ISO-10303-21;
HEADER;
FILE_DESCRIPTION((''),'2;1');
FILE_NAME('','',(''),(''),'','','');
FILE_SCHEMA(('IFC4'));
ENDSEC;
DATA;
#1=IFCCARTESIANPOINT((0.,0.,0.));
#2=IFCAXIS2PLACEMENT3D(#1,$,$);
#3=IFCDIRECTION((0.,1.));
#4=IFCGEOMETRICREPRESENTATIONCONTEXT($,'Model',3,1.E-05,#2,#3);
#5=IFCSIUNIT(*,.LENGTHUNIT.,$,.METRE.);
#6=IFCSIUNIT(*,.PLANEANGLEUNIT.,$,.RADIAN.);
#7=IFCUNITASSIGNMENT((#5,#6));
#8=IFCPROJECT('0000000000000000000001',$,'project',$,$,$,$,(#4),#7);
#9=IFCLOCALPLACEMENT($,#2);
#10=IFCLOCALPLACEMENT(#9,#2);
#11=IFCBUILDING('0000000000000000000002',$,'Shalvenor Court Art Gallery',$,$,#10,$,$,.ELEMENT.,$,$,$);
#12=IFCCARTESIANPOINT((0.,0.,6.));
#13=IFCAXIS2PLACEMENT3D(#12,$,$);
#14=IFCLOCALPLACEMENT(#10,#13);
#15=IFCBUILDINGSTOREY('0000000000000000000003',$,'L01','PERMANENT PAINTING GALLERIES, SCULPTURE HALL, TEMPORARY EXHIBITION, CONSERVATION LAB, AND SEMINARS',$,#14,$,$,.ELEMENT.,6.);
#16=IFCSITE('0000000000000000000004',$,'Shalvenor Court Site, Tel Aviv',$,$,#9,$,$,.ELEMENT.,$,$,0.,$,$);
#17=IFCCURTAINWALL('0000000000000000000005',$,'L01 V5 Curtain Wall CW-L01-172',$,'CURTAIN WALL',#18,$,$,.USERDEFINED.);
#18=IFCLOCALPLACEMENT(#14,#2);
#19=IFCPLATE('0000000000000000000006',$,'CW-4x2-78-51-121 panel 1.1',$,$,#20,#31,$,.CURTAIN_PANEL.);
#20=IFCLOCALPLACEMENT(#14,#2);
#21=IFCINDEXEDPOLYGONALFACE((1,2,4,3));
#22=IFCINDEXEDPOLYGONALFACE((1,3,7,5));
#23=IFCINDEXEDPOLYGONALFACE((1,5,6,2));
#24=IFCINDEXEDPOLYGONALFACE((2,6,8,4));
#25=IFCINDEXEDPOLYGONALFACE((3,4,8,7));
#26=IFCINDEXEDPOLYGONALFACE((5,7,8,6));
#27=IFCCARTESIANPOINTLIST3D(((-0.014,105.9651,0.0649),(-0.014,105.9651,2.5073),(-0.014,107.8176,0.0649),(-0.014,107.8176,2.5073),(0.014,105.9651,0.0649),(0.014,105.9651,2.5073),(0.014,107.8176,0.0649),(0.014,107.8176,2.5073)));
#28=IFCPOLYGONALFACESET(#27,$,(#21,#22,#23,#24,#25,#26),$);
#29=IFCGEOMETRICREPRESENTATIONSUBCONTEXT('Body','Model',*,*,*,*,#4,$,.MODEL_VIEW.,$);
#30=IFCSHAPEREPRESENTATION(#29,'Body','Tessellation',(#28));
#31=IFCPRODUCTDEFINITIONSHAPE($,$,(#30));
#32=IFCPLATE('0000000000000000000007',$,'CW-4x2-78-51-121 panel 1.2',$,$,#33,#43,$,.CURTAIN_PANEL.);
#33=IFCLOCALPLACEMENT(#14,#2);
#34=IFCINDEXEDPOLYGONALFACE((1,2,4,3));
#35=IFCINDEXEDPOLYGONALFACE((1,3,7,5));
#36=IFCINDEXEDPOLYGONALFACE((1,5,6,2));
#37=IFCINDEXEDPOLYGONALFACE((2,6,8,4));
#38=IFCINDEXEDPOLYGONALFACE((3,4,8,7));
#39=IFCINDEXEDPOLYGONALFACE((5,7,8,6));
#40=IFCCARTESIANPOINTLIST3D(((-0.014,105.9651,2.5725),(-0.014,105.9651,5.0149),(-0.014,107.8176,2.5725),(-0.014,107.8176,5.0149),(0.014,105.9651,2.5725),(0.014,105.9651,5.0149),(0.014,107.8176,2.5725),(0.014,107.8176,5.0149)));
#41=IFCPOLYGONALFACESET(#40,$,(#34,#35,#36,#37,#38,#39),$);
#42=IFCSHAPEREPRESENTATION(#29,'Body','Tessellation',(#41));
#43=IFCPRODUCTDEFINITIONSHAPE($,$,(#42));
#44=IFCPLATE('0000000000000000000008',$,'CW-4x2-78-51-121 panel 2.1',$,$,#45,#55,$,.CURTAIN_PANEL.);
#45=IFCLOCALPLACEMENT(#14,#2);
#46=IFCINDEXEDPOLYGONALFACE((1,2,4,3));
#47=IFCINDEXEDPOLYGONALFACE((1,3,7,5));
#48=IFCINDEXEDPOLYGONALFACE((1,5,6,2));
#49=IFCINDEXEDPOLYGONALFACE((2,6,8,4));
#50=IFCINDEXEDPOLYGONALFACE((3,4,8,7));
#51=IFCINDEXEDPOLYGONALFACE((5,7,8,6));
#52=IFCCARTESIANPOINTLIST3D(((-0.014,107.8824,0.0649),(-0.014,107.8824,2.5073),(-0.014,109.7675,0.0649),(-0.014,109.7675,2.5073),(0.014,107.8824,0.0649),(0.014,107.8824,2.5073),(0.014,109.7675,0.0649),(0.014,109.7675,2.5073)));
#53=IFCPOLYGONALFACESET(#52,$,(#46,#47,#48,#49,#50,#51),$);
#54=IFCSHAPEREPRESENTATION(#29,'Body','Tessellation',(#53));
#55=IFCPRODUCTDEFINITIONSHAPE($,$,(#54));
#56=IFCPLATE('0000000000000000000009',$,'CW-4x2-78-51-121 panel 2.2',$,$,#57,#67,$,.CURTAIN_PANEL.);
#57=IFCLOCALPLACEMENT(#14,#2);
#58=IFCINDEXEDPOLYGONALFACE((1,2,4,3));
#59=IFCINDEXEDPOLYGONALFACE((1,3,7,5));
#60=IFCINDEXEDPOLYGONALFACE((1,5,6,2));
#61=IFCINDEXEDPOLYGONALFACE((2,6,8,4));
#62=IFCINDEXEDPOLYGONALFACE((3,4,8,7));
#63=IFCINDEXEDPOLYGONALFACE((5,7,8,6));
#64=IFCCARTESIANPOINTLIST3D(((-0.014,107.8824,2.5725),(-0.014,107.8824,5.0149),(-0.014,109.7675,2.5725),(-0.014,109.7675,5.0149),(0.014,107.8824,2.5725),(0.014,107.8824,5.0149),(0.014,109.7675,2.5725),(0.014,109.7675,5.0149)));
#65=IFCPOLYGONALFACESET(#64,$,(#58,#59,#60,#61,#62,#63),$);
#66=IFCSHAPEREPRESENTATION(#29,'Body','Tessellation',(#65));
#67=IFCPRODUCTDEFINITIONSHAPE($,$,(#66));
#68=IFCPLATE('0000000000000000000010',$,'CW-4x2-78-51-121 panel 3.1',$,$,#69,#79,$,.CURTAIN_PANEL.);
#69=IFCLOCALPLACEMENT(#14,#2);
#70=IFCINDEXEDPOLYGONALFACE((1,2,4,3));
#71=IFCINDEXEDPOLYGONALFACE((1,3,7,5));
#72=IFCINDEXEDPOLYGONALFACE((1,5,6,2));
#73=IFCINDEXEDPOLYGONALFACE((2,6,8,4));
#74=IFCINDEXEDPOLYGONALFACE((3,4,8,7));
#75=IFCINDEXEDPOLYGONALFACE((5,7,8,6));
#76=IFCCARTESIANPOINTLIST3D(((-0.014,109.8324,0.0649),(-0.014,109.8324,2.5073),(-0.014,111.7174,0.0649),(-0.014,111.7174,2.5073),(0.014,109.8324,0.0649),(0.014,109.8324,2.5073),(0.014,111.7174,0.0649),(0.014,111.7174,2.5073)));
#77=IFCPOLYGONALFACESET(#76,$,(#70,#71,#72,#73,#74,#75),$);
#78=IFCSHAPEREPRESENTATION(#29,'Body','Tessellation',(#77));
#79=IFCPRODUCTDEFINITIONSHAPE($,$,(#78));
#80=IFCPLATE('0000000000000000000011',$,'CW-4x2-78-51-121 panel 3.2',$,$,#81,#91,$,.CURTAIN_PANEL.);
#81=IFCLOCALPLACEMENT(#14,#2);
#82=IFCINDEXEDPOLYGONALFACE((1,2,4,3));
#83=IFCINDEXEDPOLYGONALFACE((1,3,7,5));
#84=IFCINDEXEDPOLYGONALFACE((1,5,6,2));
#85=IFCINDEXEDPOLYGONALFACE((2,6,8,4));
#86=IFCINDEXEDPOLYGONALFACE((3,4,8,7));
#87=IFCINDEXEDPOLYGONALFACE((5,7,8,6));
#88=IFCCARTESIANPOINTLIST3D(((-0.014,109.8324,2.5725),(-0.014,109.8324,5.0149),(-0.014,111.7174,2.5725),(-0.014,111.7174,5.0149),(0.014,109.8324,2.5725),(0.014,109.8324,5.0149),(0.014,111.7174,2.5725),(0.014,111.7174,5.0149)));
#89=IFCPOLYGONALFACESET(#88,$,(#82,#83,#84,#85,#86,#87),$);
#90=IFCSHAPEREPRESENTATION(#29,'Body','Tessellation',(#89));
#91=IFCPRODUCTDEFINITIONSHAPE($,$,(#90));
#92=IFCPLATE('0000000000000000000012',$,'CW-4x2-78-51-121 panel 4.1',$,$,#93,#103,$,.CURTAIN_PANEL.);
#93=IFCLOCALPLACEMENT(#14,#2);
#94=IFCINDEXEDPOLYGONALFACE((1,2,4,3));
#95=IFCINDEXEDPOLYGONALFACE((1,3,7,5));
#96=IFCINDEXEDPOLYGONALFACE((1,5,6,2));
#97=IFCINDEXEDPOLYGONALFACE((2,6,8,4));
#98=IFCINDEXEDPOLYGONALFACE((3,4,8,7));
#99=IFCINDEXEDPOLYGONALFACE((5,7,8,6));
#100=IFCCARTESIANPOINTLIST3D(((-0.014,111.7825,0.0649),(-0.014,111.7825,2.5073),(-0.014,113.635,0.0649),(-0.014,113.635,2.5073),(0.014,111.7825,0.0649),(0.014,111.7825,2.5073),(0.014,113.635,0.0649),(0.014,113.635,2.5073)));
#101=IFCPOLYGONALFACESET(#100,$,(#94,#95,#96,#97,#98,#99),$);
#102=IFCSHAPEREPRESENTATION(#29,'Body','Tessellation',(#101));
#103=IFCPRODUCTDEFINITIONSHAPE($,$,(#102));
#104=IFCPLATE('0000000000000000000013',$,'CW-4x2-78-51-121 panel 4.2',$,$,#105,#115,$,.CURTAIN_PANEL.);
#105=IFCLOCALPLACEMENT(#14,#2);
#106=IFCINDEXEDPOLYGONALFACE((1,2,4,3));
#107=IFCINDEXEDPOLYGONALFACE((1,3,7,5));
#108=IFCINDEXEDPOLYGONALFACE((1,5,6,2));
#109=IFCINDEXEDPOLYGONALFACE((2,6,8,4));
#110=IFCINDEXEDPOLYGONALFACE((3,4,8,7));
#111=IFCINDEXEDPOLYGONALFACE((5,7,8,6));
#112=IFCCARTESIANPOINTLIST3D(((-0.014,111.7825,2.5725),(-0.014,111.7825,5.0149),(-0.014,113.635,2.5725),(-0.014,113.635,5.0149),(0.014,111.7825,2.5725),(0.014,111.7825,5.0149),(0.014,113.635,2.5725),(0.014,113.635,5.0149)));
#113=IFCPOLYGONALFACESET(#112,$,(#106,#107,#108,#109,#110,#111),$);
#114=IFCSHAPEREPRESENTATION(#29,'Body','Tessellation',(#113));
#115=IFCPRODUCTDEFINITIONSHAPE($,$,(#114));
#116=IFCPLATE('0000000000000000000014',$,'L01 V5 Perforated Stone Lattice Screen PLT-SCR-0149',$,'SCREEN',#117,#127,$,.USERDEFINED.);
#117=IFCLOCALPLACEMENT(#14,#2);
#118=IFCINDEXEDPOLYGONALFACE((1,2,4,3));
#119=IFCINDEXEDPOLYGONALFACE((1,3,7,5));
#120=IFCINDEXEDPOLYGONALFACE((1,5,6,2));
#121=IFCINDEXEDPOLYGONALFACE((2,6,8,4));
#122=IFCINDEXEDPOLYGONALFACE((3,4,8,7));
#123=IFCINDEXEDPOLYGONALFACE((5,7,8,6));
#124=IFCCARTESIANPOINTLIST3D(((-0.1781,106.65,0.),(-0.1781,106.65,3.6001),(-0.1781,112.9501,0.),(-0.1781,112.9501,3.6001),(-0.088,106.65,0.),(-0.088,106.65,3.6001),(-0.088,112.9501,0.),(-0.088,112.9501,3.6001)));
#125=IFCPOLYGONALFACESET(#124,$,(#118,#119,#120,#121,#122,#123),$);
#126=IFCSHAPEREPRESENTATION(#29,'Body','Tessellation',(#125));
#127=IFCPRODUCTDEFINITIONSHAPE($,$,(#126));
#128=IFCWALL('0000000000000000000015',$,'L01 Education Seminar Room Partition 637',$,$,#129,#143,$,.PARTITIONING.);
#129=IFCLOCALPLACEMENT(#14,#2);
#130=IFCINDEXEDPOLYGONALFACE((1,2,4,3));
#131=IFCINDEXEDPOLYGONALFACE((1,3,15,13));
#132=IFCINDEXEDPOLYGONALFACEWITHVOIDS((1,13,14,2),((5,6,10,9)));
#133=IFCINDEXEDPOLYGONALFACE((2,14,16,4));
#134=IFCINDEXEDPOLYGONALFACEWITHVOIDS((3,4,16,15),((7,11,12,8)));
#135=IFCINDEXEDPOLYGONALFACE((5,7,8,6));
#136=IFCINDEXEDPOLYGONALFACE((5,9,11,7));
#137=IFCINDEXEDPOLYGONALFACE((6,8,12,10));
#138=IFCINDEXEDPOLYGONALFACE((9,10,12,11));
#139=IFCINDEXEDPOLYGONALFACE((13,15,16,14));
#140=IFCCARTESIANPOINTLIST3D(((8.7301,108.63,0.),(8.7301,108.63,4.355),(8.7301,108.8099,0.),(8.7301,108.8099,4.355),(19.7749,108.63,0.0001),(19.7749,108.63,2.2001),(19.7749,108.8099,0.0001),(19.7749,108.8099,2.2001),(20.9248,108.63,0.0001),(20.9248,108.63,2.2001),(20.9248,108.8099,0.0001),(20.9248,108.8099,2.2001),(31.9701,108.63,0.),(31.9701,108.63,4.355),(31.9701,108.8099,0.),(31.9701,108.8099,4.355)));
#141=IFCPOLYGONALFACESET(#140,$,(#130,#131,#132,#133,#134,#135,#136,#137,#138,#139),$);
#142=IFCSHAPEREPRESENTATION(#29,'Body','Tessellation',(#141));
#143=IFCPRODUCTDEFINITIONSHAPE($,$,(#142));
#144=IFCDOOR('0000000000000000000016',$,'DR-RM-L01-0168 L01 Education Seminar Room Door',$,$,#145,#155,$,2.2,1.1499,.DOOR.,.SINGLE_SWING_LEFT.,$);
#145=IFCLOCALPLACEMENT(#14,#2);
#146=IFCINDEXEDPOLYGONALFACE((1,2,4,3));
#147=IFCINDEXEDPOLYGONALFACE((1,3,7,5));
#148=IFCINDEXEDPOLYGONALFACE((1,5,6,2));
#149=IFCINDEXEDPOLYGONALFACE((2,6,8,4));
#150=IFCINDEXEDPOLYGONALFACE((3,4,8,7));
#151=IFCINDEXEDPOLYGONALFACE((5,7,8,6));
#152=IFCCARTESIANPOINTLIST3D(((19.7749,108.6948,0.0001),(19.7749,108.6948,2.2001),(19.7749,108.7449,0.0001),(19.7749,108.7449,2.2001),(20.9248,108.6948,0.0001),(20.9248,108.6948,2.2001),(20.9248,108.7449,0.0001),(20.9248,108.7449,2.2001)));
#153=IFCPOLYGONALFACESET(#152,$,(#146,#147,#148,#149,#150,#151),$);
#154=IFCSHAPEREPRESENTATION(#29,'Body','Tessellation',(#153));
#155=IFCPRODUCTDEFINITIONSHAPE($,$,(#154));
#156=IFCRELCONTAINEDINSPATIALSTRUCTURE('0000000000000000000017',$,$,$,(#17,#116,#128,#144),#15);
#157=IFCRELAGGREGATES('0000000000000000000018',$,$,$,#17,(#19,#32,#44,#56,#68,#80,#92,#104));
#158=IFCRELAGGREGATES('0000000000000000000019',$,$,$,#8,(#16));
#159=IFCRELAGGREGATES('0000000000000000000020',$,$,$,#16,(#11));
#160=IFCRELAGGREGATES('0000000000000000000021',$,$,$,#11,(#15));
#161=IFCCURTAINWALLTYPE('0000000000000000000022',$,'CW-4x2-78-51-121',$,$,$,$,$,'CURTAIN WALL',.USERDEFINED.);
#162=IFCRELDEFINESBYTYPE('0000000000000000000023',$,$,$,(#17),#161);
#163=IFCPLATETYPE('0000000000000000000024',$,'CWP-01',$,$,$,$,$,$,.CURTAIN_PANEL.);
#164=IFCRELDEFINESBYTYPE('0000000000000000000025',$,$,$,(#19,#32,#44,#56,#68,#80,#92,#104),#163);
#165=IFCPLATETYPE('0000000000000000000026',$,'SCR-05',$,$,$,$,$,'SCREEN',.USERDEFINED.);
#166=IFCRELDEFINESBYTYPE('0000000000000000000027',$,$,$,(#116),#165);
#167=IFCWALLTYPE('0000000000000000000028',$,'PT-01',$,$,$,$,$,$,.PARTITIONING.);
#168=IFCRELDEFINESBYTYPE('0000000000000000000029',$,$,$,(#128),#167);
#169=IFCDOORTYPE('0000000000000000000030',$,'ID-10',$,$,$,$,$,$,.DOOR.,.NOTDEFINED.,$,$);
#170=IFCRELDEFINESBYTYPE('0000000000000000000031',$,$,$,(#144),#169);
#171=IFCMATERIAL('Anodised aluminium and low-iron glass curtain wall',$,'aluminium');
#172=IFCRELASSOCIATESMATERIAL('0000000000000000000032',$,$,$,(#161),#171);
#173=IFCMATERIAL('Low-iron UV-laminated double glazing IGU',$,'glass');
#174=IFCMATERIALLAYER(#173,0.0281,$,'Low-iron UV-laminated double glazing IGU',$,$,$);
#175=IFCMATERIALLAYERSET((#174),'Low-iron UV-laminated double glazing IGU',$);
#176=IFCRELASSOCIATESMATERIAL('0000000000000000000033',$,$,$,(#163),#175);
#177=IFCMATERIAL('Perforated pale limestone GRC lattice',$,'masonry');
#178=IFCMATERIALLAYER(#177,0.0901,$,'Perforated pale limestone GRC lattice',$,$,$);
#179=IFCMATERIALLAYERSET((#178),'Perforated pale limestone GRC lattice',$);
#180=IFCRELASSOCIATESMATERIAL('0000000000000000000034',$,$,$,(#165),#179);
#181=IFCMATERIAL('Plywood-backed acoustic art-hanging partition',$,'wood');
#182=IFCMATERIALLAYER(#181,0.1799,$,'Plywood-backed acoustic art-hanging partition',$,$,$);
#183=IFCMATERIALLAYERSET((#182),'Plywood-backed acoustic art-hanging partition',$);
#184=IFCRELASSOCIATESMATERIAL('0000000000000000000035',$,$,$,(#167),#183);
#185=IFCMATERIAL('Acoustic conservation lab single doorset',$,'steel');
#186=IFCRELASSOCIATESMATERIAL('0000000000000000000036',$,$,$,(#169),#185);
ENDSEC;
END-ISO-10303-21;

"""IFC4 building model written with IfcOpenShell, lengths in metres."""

from ifc_helpers import new_model, si_unit, direction, frame, frame_2d, origin, origin_2d, place, context, subcontext, project, spatial, rectangle, extrude, material, layer, layer_set, type_object, element, fill, aggregate, save


model = new_model("IFC4")

# Units and contexts
model_context = context("Model", 3, precision=1e-05, world=origin(), true_north=direction((0.0, 1.0)))
body_context = subcontext(model_context, "Body", "Model", "MODEL_VIEW")
ifc_project = project(units=[si_unit("LENGTHUNIT", "METRE"), si_unit("PLANEANGLEUNIT", "RADIAN")], contexts=[model_context])

# Site, building, storey
site_placement = place(None, origin())
site = spatial("IfcSite", under=ifc_project, at=site_placement, Name="Shalvenor Court Site, Tel Aviv", CompositionType="ELEMENT", RefElevation=0.0)
building_placement = place(site_placement, origin())
building = spatial("IfcBuilding", under=site, at=building_placement, Name="Shalvenor Court Art Gallery", CompositionType="ELEMENT")
storey_placement = place(building_placement, frame((0.0, 0.0, 6.0)))
storey = spatial("IfcBuildingStorey", under=building, at=storey_placement, Name="L01", Description="PERMANENT PAINTING GALLERIES, SCULPTURE HALL, TEMPORARY EXHIBITION, CONSERVATION LAB, AND SEMINARS", CompositionType="ELEMENT", Elevation=6.0)

# Curtain wall
ifc_material_1 = material(Name="Anodised aluminium and low-iron glass curtain wall", Category="aluminium")
curtain_wall_type = type_object("IfcCurtainWallType", Name="CW-4x2-78-51-121", ElementType="CURTAIN WALL", PredefinedType="USERDEFINED", material=ifc_material_1)
curtain_wall_placement = place(storey_placement, origin())
curtain_wall = element("IfcCurtainWall", 1, at=curtain_wall_placement, inside=storey, type_object=curtain_wall_type, Name="L01 V5 Curtain Wall CW-L01-172", ObjectType="CURTAIN WALL", PredefinedType="USERDEFINED")

# Plates
ifc_material_2 = material(Name="Low-iron UV-laminated double glazing IGU", Category="glass")
ifc_layer_1 = layer(ifc_material_2, 0.0281, Name="Low-iron UV-laminated double glazing IGU")
ifc_layer_set_1 = layer_set([ifc_layer_1], Name="Low-iron UV-laminated double glazing IGU")
plate_type_1 = type_object("IfcPlateType", Name="CWP-01", PredefinedType="CURTAIN_PANEL", material=ifc_layer_set_1)
plate_1_placement = place(storey_placement, frame((0.0, 106.8914, 0.0649), z_axis=(0.0, 0.0, 1.0), x_axis=(0.0, 1.0, 0.0)))
plate_1 = element("IfcPlate", 2, at=plate_1_placement, type_object=plate_type_1, Name="CW-4x2-78-51-121 panel 1.1", PredefinedType="CURTAIN_PANEL", context=body_context, shape_type="SweptSolid", body=[
    extrude(rectangle(XDim=1.8525, YDim=0.0281, at=origin_2d()), origin(), (0.0, 0.0, 1.0), 2.4424),
])
plate_2_placement = place(storey_placement, frame((0.0, 106.8914, 2.5725), z_axis=(0.0, 0.0, 1.0), x_axis=(0.0, 1.0, 0.0)))
plate_2 = element("IfcPlate", 3, at=plate_2_placement, type_object=plate_type_1, Name="CW-4x2-78-51-121 panel 1.2", PredefinedType="CURTAIN_PANEL", context=body_context, shape_type="SweptSolid", body=[
    extrude(rectangle(XDim=1.8525, YDim=0.0281, at=origin_2d()), origin(), (0.0, 0.0, 1.0), 2.4424),
])
plate_3_placement = place(storey_placement, frame((0.0, 108.825, 0.0649), z_axis=(0.0, 0.0, 1.0), x_axis=(0.0, 1.0, 0.0)))
plate_3 = element("IfcPlate", 4, at=plate_3_placement, type_object=plate_type_1, Name="CW-4x2-78-51-121 panel 2.1", PredefinedType="CURTAIN_PANEL", context=body_context, shape_type="SweptSolid", body=[
    extrude(rectangle(XDim=1.885, YDim=0.0281, at=origin_2d()), origin(), (0.0, 0.0, 1.0), 2.4424),
])
plate_4_placement = place(storey_placement, frame((0.0, 108.825, 2.5725), z_axis=(0.0, 0.0, 1.0), x_axis=(0.0, 1.0, 0.0)))
plate_4 = element("IfcPlate", 5, at=plate_4_placement, type_object=plate_type_1, Name="CW-4x2-78-51-121 panel 2.2", PredefinedType="CURTAIN_PANEL", context=body_context, shape_type="SweptSolid", body=[
    extrude(rectangle(XDim=1.885, YDim=0.0281, at=origin_2d()), origin(), (0.0, 0.0, 1.0), 2.4424),
])
plate_5_placement = place(storey_placement, frame((0.0, 110.7749, 0.0649), z_axis=(0.0, 0.0, 1.0), x_axis=(0.0, 1.0, 0.0)))
plate_5 = element("IfcPlate", 6, at=plate_5_placement, type_object=plate_type_1, Name="CW-4x2-78-51-121 panel 3.1", PredefinedType="CURTAIN_PANEL", context=body_context, shape_type="SweptSolid", body=[
    extrude(rectangle(XDim=1.885, YDim=0.0281, at=origin_2d()), origin(), (0.0, 0.0, 1.0), 2.4424),
])
plate_6_placement = place(storey_placement, frame((0.0, 110.7749, 2.5725), z_axis=(0.0, 0.0, 1.0), x_axis=(0.0, 1.0, 0.0)))
plate_6 = element("IfcPlate", 7, at=plate_6_placement, type_object=plate_type_1, Name="CW-4x2-78-51-121 panel 3.2", PredefinedType="CURTAIN_PANEL", context=body_context, shape_type="SweptSolid", body=[
    extrude(rectangle(XDim=1.885, YDim=0.0281, at=origin_2d()), origin(), (0.0, 0.0, 1.0), 2.4424),
])
plate_7_placement = place(storey_placement, frame((0.0, 112.7087, 0.0649), z_axis=(0.0, 0.0, 1.0), x_axis=(0.0, 1.0, 0.0)))
plate_7 = element("IfcPlate", 8, at=plate_7_placement, type_object=plate_type_1, Name="CW-4x2-78-51-121 panel 4.1", PredefinedType="CURTAIN_PANEL", context=body_context, shape_type="SweptSolid", body=[
    extrude(rectangle(XDim=1.8525, YDim=0.0281, at=origin_2d()), origin(), (0.0, 0.0, 1.0), 2.4424),
])
plate_8_placement = place(storey_placement, frame((0.0, 112.7087, 2.5725), z_axis=(0.0, 0.0, 1.0), x_axis=(0.0, 1.0, 0.0)))
plate_8 = element("IfcPlate", 9, at=plate_8_placement, type_object=plate_type_1, Name="CW-4x2-78-51-121 panel 4.2", PredefinedType="CURTAIN_PANEL", context=body_context, shape_type="SweptSolid", body=[
    extrude(rectangle(XDim=1.8525, YDim=0.0281, at=origin_2d()), origin(), (0.0, 0.0, 1.0), 2.4424),
])
aggregate(curtain_wall, [plate_1, plate_2, plate_3, plate_4, plate_5, plate_6, plate_7, plate_8])
ifc_material_3 = material(Name="Perforated pale limestone GRC lattice", Category="masonry")
ifc_layer_2 = layer(ifc_material_3, 0.0901, Name="Perforated pale limestone GRC lattice")
ifc_layer_set_2 = layer_set([ifc_layer_2], Name="Perforated pale limestone GRC lattice")
plate_type_2 = type_object("IfcPlateType", Name="SCR-05", ElementType="SCREEN", PredefinedType="USERDEFINED", material=ifc_layer_set_2)
plate_9_placement = place(storey_placement, frame((-0.1331, 109.8, 0.0), z_axis=(0.0, 0.0, 1.0), x_axis=(0.0, 1.0, 0.0)))
element("IfcPlate", 10, at=plate_9_placement, inside=storey, type_object=plate_type_2, Name="L01 V5 Perforated Stone Lattice Screen PLT-SCR-0149", ObjectType="SCREEN", PredefinedType="USERDEFINED", context=body_context, shape_type="SweptSolid", body=[
    extrude(rectangle(XDim=6.3, YDim=0.0901, at=origin_2d()), origin(), (0.0, 0.0, 1.0), 3.6001),
])

# Wall, opening, door
ifc_material_4 = material(Name="Plywood-backed acoustic art-hanging partition", Category="wood")
ifc_layer_3 = layer(ifc_material_4, 0.1799, Name="Plywood-backed acoustic art-hanging partition")
ifc_layer_set_3 = layer_set([ifc_layer_3], Name="Plywood-backed acoustic art-hanging partition")
wall_type_1 = type_object("IfcWallType", Name="PT-01", PredefinedType="PARTITIONING", material=ifc_layer_set_3)
wall_1_placement = place(storey_placement, frame((8.73, 108.72, 0.0), z_axis=(0.0, 0.0, 1.0), x_axis=(1.0, 0.0, 0.0)))
wall_1 = element("IfcWall", 11, at=wall_1_placement, inside=storey, type_object=wall_type_1, Name="L01 Education Seminar Room Partition 637", PredefinedType="PARTITIONING", context=body_context, shape_type="SweptSolid", body=[
    extrude(rectangle(XDim=23.24, YDim=0.1799, at=frame_2d((11.6201, 0.0))), origin(), (0.0, 0.0, 1.0), 4.355),
])
opening_1_placement = place(wall_1_placement, frame((11.0449, 0.0, 0.0)))
opening_1 = element("IfcOpeningElement", 12, at=opening_1_placement, cuts=wall_1, PredefinedType="OPENING", context=body_context, shape_type="SweptSolid", body=[
    extrude(rectangle(XDim=1.1499, YDim=2.2, at=frame_2d((0.575, 1.1001))), frame((0.0, 0.0999, 0.0), z_axis=(0.0, -1.0, 0.0), x_axis=(1.0, 0.0, 0.0)), (0.0, 0.0, 1.0), 0.2),
])
ifc_material_5 = material(Name="Acoustic conservation lab single doorset", Category="steel")
door_type_1 = type_object("IfcDoorType", Name="ID-10", OperationType="NOTDEFINED", PredefinedType="DOOR", material=ifc_material_5)
door_1_placement = place(opening_1_placement, origin())
door_1 = element("IfcDoor", 13, at=door_1_placement, inside=storey, type_object=door_type_1, Name="DR-RM-L01-0168 L01 Education Seminar Room Door", OperationType="SINGLE_SWING_LEFT", OverallHeight=2.2, OverallWidth=1.1499, PredefinedType="DOOR", context=body_context, shape_type="SweptSolid", body=[
    extrude(rectangle(XDim=1.1499, YDim=2.2, at=frame_2d((0.575, 1.1001))), frame((0.0, 0.0249, 0.0), z_axis=(0.0, -1.0, 0.0), x_axis=(1.0, 0.0, 0.0)), (0.0, 0.0, 1.0), 0.05),
])
fill(opening_1, door_1)

save(model, "model.ifc")
